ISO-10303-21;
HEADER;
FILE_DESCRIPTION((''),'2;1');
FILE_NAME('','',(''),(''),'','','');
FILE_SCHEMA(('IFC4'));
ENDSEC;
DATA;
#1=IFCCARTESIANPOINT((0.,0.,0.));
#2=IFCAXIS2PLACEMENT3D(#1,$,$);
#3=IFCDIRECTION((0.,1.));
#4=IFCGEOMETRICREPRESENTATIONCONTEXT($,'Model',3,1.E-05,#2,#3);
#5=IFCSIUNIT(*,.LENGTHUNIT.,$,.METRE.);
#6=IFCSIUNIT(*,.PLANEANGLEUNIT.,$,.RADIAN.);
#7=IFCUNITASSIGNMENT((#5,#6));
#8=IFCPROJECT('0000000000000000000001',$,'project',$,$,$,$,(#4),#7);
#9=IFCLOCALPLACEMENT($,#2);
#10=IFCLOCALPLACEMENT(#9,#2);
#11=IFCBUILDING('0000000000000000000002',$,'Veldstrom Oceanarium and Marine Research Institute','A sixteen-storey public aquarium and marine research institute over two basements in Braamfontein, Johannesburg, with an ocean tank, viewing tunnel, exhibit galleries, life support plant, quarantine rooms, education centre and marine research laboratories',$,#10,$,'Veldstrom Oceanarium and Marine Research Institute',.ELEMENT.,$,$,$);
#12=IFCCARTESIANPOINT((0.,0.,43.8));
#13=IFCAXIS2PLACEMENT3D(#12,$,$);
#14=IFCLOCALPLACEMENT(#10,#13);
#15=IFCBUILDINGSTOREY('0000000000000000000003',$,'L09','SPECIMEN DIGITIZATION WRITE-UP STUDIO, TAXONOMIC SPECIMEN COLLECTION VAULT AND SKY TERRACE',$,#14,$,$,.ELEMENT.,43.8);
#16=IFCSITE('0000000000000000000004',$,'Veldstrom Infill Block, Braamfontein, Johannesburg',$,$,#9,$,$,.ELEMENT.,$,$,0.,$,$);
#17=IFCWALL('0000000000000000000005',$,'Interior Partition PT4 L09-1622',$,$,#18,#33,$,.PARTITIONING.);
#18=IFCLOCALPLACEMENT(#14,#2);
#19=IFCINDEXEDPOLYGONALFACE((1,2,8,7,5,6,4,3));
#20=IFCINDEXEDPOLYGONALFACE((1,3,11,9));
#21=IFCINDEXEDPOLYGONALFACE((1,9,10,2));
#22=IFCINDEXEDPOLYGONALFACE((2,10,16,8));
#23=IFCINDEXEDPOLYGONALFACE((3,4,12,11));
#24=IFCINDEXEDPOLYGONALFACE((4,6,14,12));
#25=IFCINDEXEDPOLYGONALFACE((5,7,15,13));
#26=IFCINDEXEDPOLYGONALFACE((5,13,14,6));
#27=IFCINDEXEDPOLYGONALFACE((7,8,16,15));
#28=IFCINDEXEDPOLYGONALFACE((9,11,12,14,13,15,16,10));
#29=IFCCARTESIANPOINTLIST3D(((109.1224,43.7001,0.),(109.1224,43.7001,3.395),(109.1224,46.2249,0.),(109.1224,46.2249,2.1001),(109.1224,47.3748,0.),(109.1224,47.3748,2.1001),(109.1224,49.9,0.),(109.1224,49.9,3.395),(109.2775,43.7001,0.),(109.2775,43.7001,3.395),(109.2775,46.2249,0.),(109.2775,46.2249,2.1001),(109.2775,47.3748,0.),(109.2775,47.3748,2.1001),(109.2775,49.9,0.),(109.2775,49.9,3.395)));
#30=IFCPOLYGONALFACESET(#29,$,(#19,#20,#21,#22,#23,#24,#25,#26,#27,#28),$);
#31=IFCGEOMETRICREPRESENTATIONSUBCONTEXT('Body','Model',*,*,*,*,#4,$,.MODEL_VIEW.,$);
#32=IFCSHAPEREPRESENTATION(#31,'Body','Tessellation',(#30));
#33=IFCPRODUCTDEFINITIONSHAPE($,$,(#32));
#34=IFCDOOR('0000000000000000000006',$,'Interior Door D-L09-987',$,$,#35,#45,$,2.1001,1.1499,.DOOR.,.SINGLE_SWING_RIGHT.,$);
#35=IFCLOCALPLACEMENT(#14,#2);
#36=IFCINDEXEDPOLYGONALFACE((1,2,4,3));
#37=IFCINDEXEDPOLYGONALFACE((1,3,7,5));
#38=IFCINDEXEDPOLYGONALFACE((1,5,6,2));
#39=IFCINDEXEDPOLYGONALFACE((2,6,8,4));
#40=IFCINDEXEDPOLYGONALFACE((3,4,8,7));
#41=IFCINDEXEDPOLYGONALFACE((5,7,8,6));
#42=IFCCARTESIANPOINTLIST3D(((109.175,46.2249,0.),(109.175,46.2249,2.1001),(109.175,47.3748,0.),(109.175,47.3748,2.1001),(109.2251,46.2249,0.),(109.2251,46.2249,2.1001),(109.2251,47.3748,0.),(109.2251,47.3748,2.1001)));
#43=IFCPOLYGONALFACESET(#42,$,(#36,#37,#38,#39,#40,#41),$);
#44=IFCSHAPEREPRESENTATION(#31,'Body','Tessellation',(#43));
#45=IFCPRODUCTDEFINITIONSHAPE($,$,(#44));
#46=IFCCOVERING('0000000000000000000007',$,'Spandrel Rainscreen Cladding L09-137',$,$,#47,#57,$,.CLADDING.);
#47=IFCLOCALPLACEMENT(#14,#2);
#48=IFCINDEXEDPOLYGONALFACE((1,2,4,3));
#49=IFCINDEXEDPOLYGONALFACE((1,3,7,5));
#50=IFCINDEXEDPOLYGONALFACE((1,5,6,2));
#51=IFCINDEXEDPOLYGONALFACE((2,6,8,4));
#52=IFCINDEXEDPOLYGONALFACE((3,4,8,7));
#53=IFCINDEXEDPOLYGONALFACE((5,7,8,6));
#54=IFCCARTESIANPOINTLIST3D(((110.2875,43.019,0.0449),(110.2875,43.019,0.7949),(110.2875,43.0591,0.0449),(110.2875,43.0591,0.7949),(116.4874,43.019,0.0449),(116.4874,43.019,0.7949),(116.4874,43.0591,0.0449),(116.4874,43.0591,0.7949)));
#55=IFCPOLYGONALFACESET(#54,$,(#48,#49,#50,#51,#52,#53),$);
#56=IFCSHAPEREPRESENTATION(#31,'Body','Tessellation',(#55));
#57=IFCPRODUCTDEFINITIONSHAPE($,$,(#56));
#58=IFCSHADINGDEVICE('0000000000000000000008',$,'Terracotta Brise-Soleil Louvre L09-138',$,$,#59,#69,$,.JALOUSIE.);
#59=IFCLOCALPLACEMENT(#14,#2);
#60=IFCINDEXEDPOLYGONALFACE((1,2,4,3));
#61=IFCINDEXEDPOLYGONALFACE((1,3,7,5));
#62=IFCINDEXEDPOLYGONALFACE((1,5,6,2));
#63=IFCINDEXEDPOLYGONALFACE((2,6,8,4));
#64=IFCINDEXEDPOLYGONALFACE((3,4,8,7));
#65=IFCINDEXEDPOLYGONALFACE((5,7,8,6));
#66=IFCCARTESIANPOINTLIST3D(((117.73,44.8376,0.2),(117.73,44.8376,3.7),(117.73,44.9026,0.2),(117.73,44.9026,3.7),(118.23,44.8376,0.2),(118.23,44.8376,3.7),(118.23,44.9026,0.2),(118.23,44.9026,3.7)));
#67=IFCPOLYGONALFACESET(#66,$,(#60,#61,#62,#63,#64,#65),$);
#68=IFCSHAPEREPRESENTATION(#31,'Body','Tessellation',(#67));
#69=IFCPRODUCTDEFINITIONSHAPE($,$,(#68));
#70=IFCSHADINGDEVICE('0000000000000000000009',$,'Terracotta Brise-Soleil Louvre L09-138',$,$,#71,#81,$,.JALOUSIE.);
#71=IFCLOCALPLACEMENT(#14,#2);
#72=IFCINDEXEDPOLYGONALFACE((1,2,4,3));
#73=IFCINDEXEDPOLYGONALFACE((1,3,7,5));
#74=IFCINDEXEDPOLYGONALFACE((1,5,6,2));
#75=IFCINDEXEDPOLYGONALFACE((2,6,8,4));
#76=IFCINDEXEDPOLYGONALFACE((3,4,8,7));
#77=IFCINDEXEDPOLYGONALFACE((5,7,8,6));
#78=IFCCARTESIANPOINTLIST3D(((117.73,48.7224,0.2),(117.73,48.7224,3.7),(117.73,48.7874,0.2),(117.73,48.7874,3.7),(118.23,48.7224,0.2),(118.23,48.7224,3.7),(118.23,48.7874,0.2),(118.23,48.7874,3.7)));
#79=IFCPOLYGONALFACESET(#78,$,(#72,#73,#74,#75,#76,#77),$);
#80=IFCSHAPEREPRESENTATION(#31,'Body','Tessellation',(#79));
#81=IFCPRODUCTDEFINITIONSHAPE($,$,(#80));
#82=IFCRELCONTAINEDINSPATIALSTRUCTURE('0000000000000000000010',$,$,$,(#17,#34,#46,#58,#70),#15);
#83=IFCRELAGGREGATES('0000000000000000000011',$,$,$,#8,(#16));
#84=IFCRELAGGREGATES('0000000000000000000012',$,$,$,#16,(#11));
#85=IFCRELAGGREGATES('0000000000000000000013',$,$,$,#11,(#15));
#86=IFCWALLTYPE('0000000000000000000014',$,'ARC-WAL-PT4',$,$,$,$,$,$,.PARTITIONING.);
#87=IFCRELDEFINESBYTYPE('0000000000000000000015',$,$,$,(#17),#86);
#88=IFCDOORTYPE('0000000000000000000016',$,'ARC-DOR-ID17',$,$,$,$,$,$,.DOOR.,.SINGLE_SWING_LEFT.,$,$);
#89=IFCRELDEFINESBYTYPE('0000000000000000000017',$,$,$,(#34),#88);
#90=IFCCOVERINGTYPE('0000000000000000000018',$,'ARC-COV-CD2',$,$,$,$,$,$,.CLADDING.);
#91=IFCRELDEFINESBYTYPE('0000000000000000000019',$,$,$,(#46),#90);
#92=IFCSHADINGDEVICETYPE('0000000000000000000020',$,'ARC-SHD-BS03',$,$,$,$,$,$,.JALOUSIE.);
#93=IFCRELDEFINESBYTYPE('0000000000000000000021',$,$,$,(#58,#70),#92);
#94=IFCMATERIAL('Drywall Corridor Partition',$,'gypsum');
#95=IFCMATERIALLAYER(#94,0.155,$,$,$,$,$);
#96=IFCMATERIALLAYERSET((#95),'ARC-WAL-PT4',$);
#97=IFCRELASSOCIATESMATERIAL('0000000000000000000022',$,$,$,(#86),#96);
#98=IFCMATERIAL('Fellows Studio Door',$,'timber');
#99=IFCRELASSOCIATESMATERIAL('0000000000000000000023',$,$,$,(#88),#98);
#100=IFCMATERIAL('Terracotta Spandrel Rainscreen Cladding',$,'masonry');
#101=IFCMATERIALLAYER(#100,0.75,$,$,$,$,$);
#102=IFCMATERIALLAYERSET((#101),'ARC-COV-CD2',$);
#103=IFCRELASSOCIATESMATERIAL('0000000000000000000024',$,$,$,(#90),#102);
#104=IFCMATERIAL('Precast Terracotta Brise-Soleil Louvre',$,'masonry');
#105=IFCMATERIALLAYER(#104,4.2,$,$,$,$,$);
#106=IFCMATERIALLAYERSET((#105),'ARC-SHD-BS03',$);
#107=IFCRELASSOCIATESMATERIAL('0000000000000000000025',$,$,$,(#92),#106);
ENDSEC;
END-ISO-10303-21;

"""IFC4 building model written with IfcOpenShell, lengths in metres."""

from ifc_helpers import new_model, si_unit, direction, frame, frame_2d, origin, origin_2d, place, context, subcontext, project, spatial, rectangle, extrude, material, layer, layer_set, type_object, element, fill, save


model = new_model("IFC4")

# Units and contexts
model_context = context("Model", 3, precision=1e-05, world=origin(), true_north=direction((0.0, 1.0)))
body_context = subcontext(model_context, "Body", "Model", "MODEL_VIEW")
ifc_project = project(units=[si_unit("LENGTHUNIT", "METRE"), si_unit("PLANEANGLEUNIT", "RADIAN")], contexts=[model_context])

# Site, building, storey
site_placement = place(None, origin())
site = spatial("IfcSite", under=ifc_project, at=site_placement, Name="Veldstrom Infill Block, Braamfontein, Johannesburg", CompositionType="ELEMENT", RefElevation=0.0)
building_placement = place(site_placement, origin())
building = spatial("IfcBuilding", under=site, at=building_placement, Name="Veldstrom Oceanarium and Marine Research Institute", Description="A sixteen-storey public aquarium and marine research institute over two basements in Braamfontein, Johannesburg, with an ocean tank, viewing tunnel, exhibit galleries, life support plant, quarantine rooms, education centre and marine research laboratories", LongName="Veldstrom Oceanarium and Marine Research Institute", CompositionType="ELEMENT")
storey_placement = place(building_placement, frame((0.0, 0.0, 43.8)))
storey = spatial("IfcBuildingStorey", under=building, at=storey_placement, Name="L09", Description="SPECIMEN DIGITIZATION WRITE-UP STUDIO, TAXONOMIC SPECIMEN COLLECTION VAULT AND SKY TERRACE", CompositionType="ELEMENT", Elevation=43.8)

# Wall, opening, door
ifc_material_1 = material(Name="Drywall Corridor Partition", Category="gypsum")
ifc_layer_1 = layer(ifc_material_1, 0.155)
ifc_layer_set_1 = layer_set([ifc_layer_1], Name="ARC-WAL-PT4")
wall_type_1 = type_object("IfcWallType", Name="ARC-WAL-PT4", PredefinedType="PARTITIONING", material=ifc_layer_set_1)
wall_1_placement = place(storey_placement, frame((109.2, 43.7, 0.0), z_axis=(0.0, 0.0, 1.0), x_axis=(0.0, 1.0, 0.0)))
wall_1 = element("IfcWall", 1, at=wall_1_placement, inside=storey, type_object=wall_type_1, Name="Interior Partition PT4 L09-1622", PredefinedType="PARTITIONING", context=body_context, shape_type="SweptSolid", body=[
    extrude(rectangle(XDim=6.2, YDim=0.155, at=frame_2d((3.1001, 0.0))), origin(), (0.0, 0.0, 1.0), 3.395),
])
opening_1_placement = place(wall_1_placement, frame((2.5249, 0.0, 0.0)))
opening_1 = element("IfcOpeningElement", 2, at=opening_1_placement, cuts=wall_1, PredefinedType="OPENING", context=body_context, shape_type="SweptSolid", body=[
    extrude(rectangle(XDim=1.1499, YDim=2.1001, at=frame_2d((0.575, 1.05))), frame((0.0, 0.0874, 0.0), z_axis=(0.0, -1.0, 0.0), x_axis=(1.0, 0.0, 0.0)), (0.0, 0.0, 1.0), 0.175),
])
ifc_material_2 = material(Name="Fellows Studio Door", Category="timber")
door_type = type_object("IfcDoorType", Name="ARC-DOR-ID17", OperationType="SINGLE_SWING_LEFT", PredefinedType="DOOR", material=ifc_material_2)
door_placement = place(opening_1_placement, origin())
door = element("IfcDoor", 3, at=door_placement, inside=storey, type_object=door_type, Name="Interior Door D-L09-987", OperationType="SINGLE_SWING_RIGHT", OverallHeight=2.1001, OverallWidth=1.1499, PredefinedType="DOOR", context=body_context, shape_type="SweptSolid", body=[
    extrude(rectangle(XDim=1.1499, YDim=2.1001, at=frame_2d((0.575, 1.05))), frame((0.0, 0.0249, 0.0), z_axis=(0.0, -1.0, 0.0), x_axis=(1.0, 0.0, 0.0)), (0.0, 0.0, 1.0), 0.05),
])
fill(opening_1, door)

# Covering
ifc_material_3 = material(Name="Terracotta Spandrel Rainscreen Cladding", Category="masonry")
ifc_layer_2 = layer(ifc_material_3, 0.75)
ifc_layer_set_2 = layer_set([ifc_layer_2], Name="ARC-COV-CD2")
covering_type = type_object("IfcCoveringType", Name="ARC-COV-CD2", PredefinedType="CLADDING", material=ifc_layer_set_2)
covering_placement = place(storey_placement, frame((113.3875, 43.0391, 0.0449), z_axis=(0.0, 0.0, 1.0), x_axis=(1.0, 0.0, 0.0)))
element("IfcCovering", 4, at=covering_placement, inside=storey, type_object=covering_type, Name="Spandrel Rainscreen Cladding L09-137", PredefinedType="CLADDING", context=body_context, shape_type="SweptSolid", body=[
    extrude(rectangle(XDim=6.2, YDim=0.04, at=origin_2d()), origin(), (0.0, 0.0, 1.0), 0.75),
])

# Shading devices
ifc_material_4 = material(Name="Precast Terracotta Brise-Soleil Louvre", Category="masonry")
ifc_layer_3 = layer(ifc_material_4, 4.2)
ifc_layer_set_3 = layer_set([ifc_layer_3], Name="ARC-SHD-BS03")
shading_device_type = type_object("IfcShadingDeviceType", Name="ARC-SHD-BS03", PredefinedType="JALOUSIE", material=ifc_layer_set_3)
for number, where, z_axis, x_axis, name in (
    (5, (117.98, 44.8701, 0.2), (0.0, 0.0, 1.0), (1.0, 0.0, 0.0), "Terracotta Brise-Soleil Louvre L09-138"),
    (6, (117.98, 48.7549, 0.2), (0.0, 0.0, 1.0), (1.0, 0.0, 0.0), "Terracotta Brise-Soleil Louvre L09-138"),
):
    element("IfcShadingDevice", number, at=place(storey_placement, frame(where, z_axis=z_axis, x_axis=x_axis)), inside=storey, type_object=shading_device_type, Name=name, PredefinedType="JALOUSIE", context=body_context, shape_type="SweptSolid", body=[
        extrude(rectangle(XDim=0.5, YDim=0.0649, at=origin_2d()), origin(), (0.0, 0.0, 1.0), 3.5),
    ])

save(model, "model.ifc")
